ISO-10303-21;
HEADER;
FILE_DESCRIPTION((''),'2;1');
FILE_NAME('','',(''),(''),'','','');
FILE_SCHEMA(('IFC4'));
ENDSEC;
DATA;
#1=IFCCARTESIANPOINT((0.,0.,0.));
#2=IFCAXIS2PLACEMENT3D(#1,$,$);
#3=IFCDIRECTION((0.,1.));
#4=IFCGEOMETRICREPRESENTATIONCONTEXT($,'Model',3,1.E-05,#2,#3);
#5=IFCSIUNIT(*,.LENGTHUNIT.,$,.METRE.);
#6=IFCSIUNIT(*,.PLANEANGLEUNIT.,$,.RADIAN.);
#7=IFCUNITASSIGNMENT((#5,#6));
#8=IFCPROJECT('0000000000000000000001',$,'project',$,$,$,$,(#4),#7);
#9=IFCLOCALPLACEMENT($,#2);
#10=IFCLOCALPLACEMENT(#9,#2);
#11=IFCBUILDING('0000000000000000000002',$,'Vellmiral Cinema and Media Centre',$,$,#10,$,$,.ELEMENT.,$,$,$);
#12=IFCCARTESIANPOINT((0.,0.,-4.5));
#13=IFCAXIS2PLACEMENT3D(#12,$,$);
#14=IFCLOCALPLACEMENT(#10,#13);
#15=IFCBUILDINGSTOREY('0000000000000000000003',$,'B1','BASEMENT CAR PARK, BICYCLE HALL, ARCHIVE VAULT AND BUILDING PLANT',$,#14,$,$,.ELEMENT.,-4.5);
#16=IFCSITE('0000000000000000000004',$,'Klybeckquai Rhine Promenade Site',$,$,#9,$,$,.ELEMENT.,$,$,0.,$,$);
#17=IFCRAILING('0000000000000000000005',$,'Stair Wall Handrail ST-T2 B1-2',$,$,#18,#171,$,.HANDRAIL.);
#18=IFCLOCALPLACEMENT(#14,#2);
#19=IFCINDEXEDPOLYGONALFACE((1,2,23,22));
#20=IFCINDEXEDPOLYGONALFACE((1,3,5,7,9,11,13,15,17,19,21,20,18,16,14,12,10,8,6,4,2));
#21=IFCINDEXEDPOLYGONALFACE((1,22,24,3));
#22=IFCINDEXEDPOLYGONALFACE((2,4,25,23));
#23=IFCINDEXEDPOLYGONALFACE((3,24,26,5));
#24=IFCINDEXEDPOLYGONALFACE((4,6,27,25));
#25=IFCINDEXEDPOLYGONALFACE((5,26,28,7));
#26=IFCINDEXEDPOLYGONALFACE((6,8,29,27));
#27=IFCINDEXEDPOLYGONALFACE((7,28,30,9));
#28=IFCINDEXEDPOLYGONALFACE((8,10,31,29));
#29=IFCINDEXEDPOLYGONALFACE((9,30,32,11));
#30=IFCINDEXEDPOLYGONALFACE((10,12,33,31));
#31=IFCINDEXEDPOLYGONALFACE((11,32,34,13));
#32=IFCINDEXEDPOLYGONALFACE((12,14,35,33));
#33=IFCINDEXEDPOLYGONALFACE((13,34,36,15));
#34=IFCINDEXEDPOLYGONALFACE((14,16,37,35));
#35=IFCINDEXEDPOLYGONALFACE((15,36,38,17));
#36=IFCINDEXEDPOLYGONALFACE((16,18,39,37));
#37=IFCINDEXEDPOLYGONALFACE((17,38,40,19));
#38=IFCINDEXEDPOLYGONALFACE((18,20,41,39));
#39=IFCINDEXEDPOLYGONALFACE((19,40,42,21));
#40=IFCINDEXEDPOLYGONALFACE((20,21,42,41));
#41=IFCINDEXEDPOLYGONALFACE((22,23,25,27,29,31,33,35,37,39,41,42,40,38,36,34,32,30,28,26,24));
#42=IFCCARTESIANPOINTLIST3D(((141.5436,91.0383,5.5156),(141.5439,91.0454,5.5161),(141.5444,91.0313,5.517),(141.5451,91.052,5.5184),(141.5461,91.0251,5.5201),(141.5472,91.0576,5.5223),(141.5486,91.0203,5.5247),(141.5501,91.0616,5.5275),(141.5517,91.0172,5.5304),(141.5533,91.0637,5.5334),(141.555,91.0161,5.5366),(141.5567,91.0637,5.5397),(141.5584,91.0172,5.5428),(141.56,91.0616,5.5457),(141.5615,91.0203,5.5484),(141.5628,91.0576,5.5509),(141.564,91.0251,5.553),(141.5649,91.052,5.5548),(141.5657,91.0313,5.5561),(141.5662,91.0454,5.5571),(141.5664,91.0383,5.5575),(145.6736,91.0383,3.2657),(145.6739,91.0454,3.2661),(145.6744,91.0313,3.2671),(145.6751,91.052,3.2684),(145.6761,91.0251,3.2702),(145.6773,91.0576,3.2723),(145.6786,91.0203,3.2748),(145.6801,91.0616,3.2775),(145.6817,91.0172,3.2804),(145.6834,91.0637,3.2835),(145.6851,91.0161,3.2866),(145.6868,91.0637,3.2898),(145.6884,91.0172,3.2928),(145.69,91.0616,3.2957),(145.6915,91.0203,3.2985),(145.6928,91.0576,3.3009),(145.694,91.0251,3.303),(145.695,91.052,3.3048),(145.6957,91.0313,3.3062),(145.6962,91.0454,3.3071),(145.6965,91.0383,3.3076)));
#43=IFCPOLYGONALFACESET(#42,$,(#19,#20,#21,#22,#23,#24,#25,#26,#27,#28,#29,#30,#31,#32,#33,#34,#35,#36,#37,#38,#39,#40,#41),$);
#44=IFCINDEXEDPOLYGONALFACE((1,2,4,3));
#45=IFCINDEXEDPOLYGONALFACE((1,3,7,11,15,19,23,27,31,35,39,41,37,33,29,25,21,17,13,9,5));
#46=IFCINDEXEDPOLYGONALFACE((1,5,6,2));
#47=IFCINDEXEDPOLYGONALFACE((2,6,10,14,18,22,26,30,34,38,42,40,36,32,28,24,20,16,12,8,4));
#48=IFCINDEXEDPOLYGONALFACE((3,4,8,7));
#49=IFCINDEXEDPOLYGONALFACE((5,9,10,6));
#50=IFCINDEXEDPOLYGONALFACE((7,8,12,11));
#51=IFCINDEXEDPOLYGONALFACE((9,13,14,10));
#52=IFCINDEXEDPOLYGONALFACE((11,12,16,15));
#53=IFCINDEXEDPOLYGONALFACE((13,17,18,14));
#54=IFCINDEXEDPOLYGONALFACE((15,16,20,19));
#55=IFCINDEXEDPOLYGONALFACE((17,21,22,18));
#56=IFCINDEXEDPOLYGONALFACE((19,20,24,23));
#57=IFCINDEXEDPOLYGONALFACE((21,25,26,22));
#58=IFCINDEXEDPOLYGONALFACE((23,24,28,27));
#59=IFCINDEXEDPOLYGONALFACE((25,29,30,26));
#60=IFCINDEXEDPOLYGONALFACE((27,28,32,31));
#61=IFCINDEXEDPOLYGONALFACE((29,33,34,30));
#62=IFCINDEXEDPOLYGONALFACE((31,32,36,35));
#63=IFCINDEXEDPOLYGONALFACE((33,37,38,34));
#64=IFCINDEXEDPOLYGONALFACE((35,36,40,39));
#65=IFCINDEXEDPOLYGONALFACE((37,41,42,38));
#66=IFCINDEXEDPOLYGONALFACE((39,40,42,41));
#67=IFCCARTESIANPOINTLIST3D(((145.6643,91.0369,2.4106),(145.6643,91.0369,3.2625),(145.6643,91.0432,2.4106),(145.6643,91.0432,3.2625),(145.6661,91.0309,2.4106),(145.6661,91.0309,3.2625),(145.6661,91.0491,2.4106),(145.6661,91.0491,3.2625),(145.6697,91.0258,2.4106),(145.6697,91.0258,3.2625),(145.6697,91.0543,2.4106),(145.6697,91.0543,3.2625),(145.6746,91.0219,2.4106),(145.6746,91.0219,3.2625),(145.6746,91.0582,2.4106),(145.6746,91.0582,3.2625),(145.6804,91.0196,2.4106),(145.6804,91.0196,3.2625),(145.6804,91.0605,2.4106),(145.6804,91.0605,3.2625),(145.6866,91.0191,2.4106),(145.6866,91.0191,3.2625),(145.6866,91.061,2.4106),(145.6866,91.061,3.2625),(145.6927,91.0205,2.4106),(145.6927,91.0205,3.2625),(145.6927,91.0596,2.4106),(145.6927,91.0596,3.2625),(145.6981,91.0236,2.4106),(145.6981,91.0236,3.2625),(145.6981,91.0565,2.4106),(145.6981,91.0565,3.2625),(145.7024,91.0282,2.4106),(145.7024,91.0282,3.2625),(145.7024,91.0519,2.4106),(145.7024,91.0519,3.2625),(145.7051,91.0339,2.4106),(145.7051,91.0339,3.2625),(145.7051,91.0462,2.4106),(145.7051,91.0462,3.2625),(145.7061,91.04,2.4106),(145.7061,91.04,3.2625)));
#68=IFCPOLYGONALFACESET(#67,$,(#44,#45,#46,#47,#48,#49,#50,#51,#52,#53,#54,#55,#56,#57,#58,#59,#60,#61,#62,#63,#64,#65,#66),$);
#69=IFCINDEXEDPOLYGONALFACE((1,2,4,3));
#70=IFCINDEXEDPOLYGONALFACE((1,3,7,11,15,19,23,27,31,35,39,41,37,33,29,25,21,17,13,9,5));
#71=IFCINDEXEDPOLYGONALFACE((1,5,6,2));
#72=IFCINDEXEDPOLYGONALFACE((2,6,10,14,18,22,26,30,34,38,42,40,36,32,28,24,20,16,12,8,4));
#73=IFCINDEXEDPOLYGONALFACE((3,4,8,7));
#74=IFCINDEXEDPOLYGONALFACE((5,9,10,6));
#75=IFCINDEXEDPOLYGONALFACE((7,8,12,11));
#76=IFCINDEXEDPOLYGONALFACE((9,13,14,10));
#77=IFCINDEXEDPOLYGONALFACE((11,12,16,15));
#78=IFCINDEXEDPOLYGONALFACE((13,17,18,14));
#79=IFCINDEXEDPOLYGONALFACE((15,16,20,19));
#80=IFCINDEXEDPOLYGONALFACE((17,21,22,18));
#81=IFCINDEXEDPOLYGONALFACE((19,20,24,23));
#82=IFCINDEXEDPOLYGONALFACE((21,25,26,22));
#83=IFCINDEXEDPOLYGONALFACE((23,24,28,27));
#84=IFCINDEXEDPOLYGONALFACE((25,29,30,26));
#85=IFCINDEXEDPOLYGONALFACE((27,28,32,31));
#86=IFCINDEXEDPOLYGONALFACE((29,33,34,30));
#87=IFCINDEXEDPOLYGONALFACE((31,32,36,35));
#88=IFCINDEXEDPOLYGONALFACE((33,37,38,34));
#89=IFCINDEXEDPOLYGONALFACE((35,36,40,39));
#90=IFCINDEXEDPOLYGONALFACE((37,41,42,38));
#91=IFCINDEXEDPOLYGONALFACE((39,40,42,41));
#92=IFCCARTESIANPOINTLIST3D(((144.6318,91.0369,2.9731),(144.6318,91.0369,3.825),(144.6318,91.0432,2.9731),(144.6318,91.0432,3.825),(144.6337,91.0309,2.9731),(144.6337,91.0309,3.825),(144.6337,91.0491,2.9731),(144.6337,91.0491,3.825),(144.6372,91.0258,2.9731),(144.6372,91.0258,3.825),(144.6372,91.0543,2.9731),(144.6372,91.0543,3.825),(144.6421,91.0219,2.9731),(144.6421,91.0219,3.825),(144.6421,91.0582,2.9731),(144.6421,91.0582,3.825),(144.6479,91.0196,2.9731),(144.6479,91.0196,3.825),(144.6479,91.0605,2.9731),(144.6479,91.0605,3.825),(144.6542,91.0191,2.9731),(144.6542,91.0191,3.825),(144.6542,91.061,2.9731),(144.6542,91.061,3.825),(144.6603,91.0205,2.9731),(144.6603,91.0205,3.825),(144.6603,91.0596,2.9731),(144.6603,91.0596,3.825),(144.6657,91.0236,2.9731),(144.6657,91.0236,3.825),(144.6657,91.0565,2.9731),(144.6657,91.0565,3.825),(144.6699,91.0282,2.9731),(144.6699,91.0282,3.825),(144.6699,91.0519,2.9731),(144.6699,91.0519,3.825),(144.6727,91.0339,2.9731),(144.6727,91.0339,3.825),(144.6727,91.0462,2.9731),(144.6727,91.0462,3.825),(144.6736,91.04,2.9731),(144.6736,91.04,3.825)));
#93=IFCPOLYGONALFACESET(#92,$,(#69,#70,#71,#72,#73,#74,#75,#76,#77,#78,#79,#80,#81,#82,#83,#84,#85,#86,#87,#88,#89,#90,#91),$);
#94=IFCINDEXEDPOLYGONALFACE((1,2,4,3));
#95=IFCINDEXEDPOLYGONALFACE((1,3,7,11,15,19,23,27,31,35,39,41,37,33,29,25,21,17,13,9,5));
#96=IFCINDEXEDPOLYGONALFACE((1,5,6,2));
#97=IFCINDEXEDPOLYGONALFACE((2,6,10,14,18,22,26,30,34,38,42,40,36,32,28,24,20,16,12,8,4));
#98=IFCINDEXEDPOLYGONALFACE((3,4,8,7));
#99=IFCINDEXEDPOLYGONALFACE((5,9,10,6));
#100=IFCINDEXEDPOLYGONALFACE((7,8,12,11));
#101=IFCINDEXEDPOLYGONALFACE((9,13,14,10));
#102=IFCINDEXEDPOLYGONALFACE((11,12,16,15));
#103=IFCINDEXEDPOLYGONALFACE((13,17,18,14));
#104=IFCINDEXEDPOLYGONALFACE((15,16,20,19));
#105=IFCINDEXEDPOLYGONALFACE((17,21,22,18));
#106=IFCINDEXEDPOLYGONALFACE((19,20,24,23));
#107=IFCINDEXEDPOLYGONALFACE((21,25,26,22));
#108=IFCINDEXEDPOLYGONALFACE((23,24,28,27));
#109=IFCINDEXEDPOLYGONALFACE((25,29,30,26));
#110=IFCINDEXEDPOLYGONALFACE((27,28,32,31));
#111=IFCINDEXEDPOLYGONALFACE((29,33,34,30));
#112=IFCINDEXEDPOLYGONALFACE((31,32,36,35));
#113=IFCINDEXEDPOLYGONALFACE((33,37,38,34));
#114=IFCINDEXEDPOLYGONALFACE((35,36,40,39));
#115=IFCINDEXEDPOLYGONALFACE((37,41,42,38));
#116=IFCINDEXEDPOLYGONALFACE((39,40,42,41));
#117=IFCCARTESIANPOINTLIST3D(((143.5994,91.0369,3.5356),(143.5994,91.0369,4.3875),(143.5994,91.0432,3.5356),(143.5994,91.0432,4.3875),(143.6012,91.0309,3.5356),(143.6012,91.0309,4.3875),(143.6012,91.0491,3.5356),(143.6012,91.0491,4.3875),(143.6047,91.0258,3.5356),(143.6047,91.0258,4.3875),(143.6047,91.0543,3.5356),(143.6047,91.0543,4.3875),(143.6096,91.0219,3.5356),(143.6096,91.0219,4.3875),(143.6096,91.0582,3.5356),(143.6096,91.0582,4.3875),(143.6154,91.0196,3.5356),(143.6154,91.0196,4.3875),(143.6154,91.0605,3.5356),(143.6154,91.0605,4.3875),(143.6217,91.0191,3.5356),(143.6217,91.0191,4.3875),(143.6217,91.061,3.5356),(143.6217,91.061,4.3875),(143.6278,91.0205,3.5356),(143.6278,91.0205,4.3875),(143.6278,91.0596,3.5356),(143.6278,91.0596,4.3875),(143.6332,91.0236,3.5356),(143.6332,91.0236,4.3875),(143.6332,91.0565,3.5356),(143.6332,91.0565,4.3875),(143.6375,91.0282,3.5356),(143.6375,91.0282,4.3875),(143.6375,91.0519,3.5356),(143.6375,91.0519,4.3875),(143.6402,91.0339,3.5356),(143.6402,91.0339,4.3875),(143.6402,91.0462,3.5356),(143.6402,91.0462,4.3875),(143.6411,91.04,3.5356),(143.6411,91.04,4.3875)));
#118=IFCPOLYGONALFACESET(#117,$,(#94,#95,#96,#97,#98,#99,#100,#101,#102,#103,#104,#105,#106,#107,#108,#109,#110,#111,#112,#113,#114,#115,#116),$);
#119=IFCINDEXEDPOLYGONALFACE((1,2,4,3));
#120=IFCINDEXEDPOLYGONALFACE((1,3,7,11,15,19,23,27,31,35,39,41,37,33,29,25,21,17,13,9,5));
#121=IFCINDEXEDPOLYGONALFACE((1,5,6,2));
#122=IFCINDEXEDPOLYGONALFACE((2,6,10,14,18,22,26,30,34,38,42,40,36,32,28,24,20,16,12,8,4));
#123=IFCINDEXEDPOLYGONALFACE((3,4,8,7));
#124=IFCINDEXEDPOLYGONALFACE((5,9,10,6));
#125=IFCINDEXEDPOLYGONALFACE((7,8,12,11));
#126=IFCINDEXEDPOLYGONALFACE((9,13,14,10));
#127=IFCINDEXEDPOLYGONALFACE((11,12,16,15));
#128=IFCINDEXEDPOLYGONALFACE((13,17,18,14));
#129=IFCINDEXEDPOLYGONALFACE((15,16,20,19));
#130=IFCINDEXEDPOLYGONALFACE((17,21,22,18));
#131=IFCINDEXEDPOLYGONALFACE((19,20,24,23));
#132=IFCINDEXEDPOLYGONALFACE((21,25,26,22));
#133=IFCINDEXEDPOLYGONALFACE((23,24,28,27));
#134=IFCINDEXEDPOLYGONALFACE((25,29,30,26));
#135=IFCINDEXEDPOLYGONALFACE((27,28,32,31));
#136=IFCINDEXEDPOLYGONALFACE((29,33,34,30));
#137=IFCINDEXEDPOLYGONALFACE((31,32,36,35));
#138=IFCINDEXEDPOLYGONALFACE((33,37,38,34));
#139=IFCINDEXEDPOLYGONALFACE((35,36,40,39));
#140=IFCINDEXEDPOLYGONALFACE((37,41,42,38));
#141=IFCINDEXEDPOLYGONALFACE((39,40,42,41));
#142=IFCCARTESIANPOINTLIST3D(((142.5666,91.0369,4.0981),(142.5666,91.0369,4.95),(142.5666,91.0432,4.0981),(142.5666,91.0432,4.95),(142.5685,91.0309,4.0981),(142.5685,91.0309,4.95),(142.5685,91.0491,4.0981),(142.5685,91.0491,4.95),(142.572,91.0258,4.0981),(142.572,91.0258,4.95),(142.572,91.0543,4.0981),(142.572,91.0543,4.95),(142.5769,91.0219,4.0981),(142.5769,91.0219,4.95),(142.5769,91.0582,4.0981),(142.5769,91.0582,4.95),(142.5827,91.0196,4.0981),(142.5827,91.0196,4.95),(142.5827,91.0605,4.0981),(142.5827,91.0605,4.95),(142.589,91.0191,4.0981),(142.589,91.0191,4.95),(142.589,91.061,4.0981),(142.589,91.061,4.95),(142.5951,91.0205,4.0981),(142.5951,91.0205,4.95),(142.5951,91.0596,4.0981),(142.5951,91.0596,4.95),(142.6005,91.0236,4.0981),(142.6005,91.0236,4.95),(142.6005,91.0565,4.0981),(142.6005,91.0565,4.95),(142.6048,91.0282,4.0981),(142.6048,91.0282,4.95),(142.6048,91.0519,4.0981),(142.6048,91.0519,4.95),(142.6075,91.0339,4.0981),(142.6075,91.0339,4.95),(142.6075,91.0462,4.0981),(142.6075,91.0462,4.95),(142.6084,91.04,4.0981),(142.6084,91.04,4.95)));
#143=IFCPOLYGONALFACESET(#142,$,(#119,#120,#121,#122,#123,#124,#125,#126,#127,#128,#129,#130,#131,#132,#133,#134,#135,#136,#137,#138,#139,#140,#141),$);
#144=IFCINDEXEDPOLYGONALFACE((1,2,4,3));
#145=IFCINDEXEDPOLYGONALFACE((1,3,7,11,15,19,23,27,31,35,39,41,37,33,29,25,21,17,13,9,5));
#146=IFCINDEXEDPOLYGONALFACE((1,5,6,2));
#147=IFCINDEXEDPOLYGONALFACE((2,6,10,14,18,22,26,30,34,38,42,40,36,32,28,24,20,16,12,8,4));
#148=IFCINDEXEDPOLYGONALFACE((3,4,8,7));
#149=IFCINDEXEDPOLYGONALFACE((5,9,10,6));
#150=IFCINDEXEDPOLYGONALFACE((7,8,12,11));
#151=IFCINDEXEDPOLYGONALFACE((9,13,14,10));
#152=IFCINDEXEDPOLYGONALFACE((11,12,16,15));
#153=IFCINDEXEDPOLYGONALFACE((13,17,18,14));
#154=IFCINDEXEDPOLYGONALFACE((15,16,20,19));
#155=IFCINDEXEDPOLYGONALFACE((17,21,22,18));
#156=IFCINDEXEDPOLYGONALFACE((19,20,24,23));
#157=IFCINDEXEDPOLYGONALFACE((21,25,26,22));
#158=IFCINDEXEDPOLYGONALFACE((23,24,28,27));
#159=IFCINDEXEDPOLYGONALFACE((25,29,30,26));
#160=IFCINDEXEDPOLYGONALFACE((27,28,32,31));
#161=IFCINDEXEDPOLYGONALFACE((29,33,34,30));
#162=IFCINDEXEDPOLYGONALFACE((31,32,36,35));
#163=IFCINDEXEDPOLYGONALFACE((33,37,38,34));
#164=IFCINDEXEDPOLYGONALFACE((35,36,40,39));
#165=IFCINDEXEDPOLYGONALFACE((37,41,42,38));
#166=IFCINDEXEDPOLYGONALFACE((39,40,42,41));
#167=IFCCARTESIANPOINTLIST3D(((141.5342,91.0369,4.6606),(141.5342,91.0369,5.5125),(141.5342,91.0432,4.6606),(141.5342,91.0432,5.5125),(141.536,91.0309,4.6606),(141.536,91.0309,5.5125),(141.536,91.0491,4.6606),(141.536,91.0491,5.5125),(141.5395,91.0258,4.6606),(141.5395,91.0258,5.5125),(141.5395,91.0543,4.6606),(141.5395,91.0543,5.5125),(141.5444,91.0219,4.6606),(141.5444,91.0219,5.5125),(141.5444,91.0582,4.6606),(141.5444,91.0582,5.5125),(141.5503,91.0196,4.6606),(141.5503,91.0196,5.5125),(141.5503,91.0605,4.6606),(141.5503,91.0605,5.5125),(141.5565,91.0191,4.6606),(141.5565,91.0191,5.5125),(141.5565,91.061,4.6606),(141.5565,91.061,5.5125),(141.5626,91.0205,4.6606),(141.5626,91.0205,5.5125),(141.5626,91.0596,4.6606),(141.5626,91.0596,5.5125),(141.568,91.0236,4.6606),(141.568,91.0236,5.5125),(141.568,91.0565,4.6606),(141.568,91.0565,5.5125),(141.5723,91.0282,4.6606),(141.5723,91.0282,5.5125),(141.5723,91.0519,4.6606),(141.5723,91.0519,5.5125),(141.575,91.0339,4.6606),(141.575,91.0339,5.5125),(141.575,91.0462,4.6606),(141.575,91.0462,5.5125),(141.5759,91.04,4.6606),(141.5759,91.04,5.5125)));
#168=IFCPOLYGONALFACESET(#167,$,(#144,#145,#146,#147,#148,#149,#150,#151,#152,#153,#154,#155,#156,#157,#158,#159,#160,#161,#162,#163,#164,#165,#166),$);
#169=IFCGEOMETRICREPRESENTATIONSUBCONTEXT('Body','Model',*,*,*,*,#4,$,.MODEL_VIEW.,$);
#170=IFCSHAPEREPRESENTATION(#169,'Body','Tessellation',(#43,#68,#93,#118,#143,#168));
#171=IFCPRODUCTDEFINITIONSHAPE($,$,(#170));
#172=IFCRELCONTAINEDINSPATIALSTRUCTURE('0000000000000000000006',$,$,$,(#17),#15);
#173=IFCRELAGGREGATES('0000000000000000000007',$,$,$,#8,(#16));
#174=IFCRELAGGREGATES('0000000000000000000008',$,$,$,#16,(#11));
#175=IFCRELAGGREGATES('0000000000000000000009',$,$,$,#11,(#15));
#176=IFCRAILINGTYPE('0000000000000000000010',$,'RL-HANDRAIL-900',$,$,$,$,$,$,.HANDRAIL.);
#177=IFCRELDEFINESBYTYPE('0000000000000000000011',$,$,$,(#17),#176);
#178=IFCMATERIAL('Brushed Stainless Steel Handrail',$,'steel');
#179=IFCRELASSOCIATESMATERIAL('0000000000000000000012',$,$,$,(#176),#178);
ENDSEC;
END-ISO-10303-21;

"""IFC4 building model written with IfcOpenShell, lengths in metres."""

from ifc_helpers import new_model, si_unit, direction, frame, origin, origin_2d, place, context, subcontext, project, spatial, circle, extrude, material, type_object, element, save


model = new_model("IFC4")

# Units and contexts
model_context = context("Model", 3, precision=1e-05, world=origin(), true_north=direction((0.0, 1.0)))
body_context = subcontext(model_context, "Body", "Model", "MODEL_VIEW")
ifc_project = project(units=[si_unit("LENGTHUNIT", "METRE"), si_unit("PLANEANGLEUNIT", "RADIAN")], contexts=[model_context])

# Site, building, storey
site_placement = place(None, origin())
site = spatial("IfcSite", under=ifc_project, at=site_placement, Name="Klybeckquai Rhine Promenade Site", CompositionType="ELEMENT", RefElevation=0.0)
building_placement = place(site_placement, origin())
building = spatial("IfcBuilding", under=site, at=building_placement, Name="Vellmiral Cinema and Media Centre", CompositionType="ELEMENT")
storey_placement = place(building_placement, frame((0.0, 0.0, -4.5)))
storey = spatial("IfcBuildingStorey", under=building, at=storey_placement, Name="B1", Description="BASEMENT CAR PARK, BICYCLE HALL, ARCHIVE VAULT AND BUILDING PLANT", CompositionType="ELEMENT", Elevation=-4.5)

# Railing
ifc_material_1 = material(Name="Brushed Stainless Steel Handrail", Category="steel")
railing_type_1 = type_object("IfcRailingType", Name="RL-HANDRAIL-900", PredefinedType="HANDRAIL", material=ifc_material_1)
railing_1_placement = place(storey_placement, frame((145.6851, 91.04, 2.4106)))
element("IfcRailing", 1, at=railing_1_placement, inside=storey, type_object=railing_type_1, Name="Stair Wall Handrail ST-T2 B1-2", PredefinedType="HANDRAIL", context=body_context, shape_type="SweptSolid", body=[
    extrude(circle(Radius=0.0239, at=origin_2d()), frame((0.0, 0.0, 0.876), z_axis=(-0.878145, 0.0, 0.478394), x_axis=(0.0, -1.0, 0.0)), (0.0, 0.0, 1.0), 4.7031),
    extrude(circle(Radius=0.021, at=origin_2d()), origin(), (0.0, 0.0, 1.0), 0.8518),
    extrude(circle(Radius=0.021, at=origin_2d()), frame((-1.0325, 0.0, 0.5625)), (0.0, 0.0, 1.0), 0.8518),
    extrude(circle(Radius=0.021, at=origin_2d()), frame((-2.0649, 0.0, 1.125)), (0.0, 0.0, 1.0), 0.8518),
    extrude(circle(Radius=0.021, at=origin_2d()), frame((-3.0977, 0.0, 1.6875)), (0.0, 0.0, 1.0), 0.8518),
    extrude(circle(Radius=0.021, at=origin_2d()), frame((-4.1301, 0.0, 2.25)), (0.0, 0.0, 1.0), 0.8518),
])

save(model, "model.ifc")
